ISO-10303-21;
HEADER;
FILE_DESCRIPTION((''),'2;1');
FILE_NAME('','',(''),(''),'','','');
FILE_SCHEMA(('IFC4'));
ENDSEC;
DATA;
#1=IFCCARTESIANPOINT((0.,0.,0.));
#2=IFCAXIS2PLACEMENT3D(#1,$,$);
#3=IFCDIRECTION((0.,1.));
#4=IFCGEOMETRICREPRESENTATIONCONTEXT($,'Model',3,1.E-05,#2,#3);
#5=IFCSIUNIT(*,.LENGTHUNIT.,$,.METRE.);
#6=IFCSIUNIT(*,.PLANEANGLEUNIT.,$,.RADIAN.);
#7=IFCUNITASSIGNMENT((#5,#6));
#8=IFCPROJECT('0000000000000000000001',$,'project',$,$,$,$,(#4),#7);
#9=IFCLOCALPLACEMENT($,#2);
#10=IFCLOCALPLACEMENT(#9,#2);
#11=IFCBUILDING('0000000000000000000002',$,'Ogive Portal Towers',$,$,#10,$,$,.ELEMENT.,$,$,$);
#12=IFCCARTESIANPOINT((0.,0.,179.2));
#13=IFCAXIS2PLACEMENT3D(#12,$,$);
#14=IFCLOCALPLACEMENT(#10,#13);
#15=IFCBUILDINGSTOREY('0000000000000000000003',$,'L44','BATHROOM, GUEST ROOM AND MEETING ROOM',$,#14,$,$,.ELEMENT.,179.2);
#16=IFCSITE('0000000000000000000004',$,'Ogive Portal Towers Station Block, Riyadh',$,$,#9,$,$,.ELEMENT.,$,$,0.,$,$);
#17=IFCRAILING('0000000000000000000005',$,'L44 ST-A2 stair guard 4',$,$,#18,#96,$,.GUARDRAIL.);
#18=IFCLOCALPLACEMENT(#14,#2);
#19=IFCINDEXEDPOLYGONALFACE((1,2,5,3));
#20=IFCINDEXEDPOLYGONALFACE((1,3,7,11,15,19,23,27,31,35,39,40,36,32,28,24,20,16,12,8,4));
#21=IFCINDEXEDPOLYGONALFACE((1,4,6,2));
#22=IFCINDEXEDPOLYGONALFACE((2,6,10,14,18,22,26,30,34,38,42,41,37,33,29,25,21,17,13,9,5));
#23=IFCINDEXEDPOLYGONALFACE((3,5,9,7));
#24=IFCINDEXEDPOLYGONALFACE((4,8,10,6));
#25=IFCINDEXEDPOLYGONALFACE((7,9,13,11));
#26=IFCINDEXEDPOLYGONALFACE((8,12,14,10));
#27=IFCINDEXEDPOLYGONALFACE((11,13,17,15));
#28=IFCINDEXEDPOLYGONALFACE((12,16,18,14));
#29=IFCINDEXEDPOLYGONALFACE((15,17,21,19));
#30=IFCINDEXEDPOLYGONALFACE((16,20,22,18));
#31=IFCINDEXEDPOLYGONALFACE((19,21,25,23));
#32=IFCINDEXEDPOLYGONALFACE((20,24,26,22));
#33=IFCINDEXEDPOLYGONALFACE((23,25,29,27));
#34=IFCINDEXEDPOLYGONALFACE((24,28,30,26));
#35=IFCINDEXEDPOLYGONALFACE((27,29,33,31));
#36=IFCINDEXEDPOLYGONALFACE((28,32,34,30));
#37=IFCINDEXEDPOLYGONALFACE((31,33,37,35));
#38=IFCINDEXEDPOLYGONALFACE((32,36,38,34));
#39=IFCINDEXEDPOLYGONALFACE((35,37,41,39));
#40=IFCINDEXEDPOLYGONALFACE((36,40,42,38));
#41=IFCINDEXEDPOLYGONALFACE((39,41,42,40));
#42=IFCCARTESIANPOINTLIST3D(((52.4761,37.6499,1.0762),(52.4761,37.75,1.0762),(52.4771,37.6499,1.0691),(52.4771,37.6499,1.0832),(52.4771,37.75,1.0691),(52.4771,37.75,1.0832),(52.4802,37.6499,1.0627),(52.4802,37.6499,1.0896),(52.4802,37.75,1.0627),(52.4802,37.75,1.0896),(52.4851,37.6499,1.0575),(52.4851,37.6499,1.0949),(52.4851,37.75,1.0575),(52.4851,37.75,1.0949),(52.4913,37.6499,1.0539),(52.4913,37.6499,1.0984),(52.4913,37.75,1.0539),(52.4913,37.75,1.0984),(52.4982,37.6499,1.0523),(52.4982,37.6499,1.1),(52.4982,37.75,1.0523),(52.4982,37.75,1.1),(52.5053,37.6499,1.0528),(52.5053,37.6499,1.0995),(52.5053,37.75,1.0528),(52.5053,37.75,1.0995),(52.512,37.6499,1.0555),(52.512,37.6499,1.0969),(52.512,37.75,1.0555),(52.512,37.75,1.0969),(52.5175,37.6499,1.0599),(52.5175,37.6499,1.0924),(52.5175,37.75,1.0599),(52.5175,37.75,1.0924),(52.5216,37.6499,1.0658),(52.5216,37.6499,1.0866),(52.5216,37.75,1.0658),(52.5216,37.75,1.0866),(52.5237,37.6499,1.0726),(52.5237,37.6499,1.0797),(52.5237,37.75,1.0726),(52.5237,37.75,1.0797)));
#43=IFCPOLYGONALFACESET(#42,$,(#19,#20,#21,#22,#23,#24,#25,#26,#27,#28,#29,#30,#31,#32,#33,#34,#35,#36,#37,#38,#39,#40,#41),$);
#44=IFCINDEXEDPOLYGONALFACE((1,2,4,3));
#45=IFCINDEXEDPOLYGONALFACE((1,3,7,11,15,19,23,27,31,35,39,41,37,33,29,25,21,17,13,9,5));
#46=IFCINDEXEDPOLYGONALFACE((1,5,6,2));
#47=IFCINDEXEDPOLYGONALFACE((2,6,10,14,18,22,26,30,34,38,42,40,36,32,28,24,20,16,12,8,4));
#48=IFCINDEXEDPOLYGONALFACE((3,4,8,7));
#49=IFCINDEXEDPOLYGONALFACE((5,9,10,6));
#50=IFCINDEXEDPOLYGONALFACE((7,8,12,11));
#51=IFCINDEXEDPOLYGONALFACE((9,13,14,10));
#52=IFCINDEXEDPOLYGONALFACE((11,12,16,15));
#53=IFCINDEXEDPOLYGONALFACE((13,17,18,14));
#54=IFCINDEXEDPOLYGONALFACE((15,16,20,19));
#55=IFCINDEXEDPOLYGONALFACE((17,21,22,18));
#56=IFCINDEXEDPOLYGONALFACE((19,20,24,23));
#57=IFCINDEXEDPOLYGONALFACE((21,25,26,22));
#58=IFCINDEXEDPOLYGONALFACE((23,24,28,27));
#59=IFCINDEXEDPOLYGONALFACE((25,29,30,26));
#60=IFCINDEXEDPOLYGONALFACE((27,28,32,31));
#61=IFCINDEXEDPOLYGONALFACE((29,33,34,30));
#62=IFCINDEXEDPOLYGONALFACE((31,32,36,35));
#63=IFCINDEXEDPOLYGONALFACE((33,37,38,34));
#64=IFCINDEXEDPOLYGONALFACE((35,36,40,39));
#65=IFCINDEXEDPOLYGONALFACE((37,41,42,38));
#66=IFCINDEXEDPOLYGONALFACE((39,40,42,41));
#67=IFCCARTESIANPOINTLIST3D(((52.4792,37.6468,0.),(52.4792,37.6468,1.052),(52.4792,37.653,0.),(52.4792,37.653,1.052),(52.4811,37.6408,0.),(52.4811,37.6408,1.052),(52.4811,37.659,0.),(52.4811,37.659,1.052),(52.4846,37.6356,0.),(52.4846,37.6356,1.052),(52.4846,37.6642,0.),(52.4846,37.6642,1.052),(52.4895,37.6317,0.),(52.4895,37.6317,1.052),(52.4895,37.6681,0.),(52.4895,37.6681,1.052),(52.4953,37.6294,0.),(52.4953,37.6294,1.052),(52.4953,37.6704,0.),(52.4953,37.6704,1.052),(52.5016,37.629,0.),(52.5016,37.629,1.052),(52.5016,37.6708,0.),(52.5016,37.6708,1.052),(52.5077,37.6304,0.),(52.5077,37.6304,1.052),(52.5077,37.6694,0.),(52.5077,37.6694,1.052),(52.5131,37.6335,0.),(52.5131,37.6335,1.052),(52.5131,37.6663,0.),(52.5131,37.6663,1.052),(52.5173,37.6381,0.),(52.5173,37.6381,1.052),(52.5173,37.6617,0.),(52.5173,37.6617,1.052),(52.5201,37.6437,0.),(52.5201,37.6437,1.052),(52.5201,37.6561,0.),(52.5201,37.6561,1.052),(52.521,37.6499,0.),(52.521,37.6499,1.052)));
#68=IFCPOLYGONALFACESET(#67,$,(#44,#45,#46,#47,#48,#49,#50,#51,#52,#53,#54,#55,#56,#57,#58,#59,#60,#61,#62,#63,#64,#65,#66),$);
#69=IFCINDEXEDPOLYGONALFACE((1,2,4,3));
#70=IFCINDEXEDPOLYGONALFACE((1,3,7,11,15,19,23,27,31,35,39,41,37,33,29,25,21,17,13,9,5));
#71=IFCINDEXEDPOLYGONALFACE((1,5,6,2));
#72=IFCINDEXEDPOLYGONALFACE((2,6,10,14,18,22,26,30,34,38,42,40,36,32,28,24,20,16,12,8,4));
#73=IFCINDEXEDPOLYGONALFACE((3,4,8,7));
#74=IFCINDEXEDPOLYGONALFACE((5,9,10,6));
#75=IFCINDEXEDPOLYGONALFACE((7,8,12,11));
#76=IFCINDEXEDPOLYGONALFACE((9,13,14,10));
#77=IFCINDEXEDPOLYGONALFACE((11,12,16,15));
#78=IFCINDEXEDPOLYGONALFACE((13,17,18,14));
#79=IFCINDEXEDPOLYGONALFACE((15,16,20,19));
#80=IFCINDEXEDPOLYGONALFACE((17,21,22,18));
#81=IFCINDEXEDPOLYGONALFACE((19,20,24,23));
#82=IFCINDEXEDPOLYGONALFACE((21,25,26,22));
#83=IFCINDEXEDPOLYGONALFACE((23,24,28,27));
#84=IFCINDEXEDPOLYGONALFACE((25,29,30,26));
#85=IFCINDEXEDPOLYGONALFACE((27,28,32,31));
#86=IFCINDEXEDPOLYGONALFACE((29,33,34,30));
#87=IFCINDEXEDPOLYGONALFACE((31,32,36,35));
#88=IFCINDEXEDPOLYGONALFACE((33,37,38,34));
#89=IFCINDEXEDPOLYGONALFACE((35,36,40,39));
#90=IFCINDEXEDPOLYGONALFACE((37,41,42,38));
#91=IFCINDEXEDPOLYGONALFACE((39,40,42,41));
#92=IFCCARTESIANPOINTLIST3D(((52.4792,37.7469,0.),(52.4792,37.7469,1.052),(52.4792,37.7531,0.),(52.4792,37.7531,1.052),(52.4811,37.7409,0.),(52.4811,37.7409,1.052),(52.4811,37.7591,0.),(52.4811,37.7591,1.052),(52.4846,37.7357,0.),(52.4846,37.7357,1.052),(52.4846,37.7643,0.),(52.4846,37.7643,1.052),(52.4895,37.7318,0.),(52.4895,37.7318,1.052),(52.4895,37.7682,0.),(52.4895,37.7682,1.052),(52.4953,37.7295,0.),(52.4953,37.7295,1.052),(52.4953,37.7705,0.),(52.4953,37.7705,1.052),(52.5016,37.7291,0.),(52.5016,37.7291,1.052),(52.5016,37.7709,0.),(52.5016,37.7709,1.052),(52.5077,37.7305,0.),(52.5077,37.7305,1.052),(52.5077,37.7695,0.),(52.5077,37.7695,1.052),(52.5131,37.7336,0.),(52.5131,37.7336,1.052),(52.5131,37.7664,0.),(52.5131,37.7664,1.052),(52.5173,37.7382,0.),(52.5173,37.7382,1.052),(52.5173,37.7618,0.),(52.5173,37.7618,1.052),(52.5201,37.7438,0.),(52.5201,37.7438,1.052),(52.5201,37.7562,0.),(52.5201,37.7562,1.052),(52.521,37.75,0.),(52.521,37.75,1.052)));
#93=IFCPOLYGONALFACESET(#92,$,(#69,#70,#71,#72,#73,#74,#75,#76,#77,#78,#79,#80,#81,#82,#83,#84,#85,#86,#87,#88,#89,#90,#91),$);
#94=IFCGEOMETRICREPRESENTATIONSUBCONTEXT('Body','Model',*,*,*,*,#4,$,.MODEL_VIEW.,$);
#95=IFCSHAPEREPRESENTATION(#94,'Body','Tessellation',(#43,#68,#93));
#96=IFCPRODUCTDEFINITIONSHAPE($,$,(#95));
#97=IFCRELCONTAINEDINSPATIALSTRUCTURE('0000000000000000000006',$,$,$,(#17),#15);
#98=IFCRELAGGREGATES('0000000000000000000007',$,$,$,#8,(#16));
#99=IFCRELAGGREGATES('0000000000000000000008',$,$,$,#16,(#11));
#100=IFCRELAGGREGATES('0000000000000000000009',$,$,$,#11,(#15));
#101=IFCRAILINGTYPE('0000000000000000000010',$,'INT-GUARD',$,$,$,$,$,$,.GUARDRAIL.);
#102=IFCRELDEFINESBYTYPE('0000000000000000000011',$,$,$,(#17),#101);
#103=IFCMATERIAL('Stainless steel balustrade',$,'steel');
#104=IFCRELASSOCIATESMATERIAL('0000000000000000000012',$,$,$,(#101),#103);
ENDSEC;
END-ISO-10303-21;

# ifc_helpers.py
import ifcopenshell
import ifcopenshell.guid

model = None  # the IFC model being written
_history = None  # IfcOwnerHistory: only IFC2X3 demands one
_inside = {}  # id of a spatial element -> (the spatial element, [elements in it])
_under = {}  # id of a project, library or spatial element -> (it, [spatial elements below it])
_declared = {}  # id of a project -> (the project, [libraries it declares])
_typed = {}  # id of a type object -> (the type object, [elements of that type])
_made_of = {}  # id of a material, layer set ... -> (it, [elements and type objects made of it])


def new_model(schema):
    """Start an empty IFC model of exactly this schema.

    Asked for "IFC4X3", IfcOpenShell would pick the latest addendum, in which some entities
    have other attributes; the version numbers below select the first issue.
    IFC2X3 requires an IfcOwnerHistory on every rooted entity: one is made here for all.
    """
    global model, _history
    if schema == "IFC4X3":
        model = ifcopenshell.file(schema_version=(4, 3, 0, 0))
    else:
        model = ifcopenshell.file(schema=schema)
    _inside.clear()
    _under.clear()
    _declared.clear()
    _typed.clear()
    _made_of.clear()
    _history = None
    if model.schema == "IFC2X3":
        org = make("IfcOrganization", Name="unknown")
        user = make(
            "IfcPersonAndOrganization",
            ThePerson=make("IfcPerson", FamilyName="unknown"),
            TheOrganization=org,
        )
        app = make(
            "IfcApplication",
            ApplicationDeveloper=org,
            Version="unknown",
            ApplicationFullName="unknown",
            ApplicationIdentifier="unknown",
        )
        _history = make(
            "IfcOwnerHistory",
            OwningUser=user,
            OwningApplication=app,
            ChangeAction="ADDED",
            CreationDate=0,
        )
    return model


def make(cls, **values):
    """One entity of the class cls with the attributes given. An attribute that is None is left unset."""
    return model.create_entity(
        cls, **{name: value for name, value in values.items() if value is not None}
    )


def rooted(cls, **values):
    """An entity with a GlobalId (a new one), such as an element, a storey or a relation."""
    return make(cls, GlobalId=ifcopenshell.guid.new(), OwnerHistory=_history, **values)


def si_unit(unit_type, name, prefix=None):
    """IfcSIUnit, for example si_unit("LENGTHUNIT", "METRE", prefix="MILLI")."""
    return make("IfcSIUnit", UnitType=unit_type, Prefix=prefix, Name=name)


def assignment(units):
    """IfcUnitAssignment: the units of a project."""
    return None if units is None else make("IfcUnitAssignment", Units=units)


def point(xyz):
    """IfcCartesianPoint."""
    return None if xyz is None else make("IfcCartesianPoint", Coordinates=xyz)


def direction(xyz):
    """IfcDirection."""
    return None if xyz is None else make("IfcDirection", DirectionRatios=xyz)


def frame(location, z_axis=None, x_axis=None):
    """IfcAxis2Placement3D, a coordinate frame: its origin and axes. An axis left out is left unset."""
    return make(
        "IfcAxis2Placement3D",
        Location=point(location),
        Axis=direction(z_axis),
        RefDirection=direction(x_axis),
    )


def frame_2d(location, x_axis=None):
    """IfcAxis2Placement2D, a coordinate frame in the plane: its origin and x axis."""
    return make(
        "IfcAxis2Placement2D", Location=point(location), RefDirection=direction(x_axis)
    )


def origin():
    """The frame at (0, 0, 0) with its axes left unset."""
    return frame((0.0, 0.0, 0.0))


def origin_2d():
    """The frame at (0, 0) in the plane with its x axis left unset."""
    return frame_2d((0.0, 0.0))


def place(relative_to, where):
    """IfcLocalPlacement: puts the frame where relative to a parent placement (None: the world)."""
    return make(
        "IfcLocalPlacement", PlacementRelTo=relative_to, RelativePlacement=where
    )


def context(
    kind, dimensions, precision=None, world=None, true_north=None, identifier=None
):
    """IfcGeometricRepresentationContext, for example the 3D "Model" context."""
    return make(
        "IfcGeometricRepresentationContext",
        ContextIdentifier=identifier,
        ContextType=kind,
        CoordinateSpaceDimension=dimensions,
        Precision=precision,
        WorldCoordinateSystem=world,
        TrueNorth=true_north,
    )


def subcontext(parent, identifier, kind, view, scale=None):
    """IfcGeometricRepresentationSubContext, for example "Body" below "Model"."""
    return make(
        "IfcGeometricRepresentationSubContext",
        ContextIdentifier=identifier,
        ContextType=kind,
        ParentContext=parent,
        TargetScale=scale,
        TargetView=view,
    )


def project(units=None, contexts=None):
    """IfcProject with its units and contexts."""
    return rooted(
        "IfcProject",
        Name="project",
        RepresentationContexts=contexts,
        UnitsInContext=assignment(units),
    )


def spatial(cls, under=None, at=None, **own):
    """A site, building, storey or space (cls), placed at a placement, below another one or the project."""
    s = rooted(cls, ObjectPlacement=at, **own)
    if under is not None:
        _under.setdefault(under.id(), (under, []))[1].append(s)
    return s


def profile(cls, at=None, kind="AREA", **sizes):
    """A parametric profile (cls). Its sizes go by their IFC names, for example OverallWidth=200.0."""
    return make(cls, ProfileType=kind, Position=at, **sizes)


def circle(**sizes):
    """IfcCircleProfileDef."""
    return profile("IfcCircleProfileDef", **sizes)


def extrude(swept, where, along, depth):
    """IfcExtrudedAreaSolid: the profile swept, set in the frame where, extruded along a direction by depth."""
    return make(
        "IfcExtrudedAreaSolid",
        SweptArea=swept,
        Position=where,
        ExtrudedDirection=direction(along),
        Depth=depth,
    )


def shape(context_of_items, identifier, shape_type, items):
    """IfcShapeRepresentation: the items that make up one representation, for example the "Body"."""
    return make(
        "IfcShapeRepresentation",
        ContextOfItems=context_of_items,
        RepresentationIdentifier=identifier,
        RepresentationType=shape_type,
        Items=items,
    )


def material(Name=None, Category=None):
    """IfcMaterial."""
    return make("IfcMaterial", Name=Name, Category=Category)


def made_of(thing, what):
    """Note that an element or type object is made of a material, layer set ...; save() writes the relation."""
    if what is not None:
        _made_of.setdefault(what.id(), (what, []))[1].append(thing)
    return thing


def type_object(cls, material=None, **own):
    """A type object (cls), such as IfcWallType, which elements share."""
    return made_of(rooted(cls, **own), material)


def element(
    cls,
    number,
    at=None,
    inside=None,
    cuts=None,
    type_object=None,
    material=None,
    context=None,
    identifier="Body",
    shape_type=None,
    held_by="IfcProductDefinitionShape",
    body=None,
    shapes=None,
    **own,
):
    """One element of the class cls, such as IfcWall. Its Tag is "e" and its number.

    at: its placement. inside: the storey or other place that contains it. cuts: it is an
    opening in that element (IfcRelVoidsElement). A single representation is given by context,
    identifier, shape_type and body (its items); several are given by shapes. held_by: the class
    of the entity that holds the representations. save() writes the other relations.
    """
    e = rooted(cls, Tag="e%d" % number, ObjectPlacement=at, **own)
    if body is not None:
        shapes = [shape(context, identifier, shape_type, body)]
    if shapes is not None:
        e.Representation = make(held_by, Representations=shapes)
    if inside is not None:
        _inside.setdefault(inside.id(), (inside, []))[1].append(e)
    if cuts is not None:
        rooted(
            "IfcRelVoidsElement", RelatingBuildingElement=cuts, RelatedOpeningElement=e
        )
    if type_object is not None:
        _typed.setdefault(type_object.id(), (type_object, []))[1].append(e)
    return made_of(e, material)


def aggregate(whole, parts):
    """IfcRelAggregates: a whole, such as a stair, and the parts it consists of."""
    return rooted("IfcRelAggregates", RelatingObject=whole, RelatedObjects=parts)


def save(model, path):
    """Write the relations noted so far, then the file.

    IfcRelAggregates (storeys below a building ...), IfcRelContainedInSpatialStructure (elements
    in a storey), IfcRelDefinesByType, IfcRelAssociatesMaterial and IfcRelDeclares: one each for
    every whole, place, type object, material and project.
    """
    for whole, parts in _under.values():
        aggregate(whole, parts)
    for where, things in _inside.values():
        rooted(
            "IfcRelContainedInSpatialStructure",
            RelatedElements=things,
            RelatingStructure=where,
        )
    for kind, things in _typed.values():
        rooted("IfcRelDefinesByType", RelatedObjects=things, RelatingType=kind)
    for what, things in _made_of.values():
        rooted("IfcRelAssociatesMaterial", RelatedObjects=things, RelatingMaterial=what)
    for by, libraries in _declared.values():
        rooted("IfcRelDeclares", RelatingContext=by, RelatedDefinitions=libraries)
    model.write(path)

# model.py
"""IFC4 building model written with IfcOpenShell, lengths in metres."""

from ifc_helpers import new_model, si_unit, direction, frame, origin, origin_2d, place, context, subcontext, project, spatial, circle, extrude, material, type_object, element, save


model = new_model("IFC4")

# Units and contexts
model_context = context("Model", 3, precision=1e-05, world=origin(), true_north=direction((0.0, 1.0)))
body_context = subcontext(model_context, "Body", "Model", "MODEL_VIEW")
ifc_project = project(units=[si_unit("LENGTHUNIT", "METRE"), si_unit("PLANEANGLEUNIT", "RADIAN")], contexts=[model_context])

# Site, building, storey
site_placement = place(None, origin())
site = spatial("IfcSite", under=ifc_project, at=site_placement, Name="Ogive Portal Towers Station Block, Riyadh", CompositionType="ELEMENT", RefElevation=0.0)
building_placement = place(site_placement, origin())
building = spatial("IfcBuilding", under=site, at=building_placement, Name="Ogive Portal Towers", CompositionType="ELEMENT")
storey_placement = place(building_placement, frame((0.0, 0.0, 179.2)))
storey = spatial("IfcBuildingStorey", under=building, at=storey_placement, Name="L44", Description="BATHROOM, GUEST ROOM AND MEETING ROOM", CompositionType="ELEMENT", Elevation=179.2)

# Railing
ifc_material_1 = material(Name="Stainless steel balustrade", Category="steel")
railing_type_1 = type_object("IfcRailingType", Name="INT-GUARD", PredefinedType="GUARDRAIL", material=ifc_material_1)
railing_1_placement = place(storey_placement, frame((52.5, 37.6499, 0.0)))
element("IfcRailing", 1, at=railing_1_placement, inside=storey, type_object=railing_type_1, Name="L44 ST-A2 stair guard 4", PredefinedType="GUARDRAIL", context=body_context, shape_type="SweptSolid", body=[
    extrude(circle(Radius=0.0239, at=origin_2d()), frame((0.0, 0.0, 1.0762), z_axis=(0.0, 1.0, 0.0), x_axis=(-1.0, 0.0, 0.0)), (0.0, 0.0, 1.0), 0.1001),
    extrude(circle(Radius=0.021, at=origin_2d()), origin(), (0.0, 0.0, 1.0), 1.052),
    extrude(circle(Radius=0.021, at=origin_2d()), frame((0.0, 0.1001, 0.0)), (0.0, 0.0, 1.0), 1.052),
])

save(model, "model.ifc")
